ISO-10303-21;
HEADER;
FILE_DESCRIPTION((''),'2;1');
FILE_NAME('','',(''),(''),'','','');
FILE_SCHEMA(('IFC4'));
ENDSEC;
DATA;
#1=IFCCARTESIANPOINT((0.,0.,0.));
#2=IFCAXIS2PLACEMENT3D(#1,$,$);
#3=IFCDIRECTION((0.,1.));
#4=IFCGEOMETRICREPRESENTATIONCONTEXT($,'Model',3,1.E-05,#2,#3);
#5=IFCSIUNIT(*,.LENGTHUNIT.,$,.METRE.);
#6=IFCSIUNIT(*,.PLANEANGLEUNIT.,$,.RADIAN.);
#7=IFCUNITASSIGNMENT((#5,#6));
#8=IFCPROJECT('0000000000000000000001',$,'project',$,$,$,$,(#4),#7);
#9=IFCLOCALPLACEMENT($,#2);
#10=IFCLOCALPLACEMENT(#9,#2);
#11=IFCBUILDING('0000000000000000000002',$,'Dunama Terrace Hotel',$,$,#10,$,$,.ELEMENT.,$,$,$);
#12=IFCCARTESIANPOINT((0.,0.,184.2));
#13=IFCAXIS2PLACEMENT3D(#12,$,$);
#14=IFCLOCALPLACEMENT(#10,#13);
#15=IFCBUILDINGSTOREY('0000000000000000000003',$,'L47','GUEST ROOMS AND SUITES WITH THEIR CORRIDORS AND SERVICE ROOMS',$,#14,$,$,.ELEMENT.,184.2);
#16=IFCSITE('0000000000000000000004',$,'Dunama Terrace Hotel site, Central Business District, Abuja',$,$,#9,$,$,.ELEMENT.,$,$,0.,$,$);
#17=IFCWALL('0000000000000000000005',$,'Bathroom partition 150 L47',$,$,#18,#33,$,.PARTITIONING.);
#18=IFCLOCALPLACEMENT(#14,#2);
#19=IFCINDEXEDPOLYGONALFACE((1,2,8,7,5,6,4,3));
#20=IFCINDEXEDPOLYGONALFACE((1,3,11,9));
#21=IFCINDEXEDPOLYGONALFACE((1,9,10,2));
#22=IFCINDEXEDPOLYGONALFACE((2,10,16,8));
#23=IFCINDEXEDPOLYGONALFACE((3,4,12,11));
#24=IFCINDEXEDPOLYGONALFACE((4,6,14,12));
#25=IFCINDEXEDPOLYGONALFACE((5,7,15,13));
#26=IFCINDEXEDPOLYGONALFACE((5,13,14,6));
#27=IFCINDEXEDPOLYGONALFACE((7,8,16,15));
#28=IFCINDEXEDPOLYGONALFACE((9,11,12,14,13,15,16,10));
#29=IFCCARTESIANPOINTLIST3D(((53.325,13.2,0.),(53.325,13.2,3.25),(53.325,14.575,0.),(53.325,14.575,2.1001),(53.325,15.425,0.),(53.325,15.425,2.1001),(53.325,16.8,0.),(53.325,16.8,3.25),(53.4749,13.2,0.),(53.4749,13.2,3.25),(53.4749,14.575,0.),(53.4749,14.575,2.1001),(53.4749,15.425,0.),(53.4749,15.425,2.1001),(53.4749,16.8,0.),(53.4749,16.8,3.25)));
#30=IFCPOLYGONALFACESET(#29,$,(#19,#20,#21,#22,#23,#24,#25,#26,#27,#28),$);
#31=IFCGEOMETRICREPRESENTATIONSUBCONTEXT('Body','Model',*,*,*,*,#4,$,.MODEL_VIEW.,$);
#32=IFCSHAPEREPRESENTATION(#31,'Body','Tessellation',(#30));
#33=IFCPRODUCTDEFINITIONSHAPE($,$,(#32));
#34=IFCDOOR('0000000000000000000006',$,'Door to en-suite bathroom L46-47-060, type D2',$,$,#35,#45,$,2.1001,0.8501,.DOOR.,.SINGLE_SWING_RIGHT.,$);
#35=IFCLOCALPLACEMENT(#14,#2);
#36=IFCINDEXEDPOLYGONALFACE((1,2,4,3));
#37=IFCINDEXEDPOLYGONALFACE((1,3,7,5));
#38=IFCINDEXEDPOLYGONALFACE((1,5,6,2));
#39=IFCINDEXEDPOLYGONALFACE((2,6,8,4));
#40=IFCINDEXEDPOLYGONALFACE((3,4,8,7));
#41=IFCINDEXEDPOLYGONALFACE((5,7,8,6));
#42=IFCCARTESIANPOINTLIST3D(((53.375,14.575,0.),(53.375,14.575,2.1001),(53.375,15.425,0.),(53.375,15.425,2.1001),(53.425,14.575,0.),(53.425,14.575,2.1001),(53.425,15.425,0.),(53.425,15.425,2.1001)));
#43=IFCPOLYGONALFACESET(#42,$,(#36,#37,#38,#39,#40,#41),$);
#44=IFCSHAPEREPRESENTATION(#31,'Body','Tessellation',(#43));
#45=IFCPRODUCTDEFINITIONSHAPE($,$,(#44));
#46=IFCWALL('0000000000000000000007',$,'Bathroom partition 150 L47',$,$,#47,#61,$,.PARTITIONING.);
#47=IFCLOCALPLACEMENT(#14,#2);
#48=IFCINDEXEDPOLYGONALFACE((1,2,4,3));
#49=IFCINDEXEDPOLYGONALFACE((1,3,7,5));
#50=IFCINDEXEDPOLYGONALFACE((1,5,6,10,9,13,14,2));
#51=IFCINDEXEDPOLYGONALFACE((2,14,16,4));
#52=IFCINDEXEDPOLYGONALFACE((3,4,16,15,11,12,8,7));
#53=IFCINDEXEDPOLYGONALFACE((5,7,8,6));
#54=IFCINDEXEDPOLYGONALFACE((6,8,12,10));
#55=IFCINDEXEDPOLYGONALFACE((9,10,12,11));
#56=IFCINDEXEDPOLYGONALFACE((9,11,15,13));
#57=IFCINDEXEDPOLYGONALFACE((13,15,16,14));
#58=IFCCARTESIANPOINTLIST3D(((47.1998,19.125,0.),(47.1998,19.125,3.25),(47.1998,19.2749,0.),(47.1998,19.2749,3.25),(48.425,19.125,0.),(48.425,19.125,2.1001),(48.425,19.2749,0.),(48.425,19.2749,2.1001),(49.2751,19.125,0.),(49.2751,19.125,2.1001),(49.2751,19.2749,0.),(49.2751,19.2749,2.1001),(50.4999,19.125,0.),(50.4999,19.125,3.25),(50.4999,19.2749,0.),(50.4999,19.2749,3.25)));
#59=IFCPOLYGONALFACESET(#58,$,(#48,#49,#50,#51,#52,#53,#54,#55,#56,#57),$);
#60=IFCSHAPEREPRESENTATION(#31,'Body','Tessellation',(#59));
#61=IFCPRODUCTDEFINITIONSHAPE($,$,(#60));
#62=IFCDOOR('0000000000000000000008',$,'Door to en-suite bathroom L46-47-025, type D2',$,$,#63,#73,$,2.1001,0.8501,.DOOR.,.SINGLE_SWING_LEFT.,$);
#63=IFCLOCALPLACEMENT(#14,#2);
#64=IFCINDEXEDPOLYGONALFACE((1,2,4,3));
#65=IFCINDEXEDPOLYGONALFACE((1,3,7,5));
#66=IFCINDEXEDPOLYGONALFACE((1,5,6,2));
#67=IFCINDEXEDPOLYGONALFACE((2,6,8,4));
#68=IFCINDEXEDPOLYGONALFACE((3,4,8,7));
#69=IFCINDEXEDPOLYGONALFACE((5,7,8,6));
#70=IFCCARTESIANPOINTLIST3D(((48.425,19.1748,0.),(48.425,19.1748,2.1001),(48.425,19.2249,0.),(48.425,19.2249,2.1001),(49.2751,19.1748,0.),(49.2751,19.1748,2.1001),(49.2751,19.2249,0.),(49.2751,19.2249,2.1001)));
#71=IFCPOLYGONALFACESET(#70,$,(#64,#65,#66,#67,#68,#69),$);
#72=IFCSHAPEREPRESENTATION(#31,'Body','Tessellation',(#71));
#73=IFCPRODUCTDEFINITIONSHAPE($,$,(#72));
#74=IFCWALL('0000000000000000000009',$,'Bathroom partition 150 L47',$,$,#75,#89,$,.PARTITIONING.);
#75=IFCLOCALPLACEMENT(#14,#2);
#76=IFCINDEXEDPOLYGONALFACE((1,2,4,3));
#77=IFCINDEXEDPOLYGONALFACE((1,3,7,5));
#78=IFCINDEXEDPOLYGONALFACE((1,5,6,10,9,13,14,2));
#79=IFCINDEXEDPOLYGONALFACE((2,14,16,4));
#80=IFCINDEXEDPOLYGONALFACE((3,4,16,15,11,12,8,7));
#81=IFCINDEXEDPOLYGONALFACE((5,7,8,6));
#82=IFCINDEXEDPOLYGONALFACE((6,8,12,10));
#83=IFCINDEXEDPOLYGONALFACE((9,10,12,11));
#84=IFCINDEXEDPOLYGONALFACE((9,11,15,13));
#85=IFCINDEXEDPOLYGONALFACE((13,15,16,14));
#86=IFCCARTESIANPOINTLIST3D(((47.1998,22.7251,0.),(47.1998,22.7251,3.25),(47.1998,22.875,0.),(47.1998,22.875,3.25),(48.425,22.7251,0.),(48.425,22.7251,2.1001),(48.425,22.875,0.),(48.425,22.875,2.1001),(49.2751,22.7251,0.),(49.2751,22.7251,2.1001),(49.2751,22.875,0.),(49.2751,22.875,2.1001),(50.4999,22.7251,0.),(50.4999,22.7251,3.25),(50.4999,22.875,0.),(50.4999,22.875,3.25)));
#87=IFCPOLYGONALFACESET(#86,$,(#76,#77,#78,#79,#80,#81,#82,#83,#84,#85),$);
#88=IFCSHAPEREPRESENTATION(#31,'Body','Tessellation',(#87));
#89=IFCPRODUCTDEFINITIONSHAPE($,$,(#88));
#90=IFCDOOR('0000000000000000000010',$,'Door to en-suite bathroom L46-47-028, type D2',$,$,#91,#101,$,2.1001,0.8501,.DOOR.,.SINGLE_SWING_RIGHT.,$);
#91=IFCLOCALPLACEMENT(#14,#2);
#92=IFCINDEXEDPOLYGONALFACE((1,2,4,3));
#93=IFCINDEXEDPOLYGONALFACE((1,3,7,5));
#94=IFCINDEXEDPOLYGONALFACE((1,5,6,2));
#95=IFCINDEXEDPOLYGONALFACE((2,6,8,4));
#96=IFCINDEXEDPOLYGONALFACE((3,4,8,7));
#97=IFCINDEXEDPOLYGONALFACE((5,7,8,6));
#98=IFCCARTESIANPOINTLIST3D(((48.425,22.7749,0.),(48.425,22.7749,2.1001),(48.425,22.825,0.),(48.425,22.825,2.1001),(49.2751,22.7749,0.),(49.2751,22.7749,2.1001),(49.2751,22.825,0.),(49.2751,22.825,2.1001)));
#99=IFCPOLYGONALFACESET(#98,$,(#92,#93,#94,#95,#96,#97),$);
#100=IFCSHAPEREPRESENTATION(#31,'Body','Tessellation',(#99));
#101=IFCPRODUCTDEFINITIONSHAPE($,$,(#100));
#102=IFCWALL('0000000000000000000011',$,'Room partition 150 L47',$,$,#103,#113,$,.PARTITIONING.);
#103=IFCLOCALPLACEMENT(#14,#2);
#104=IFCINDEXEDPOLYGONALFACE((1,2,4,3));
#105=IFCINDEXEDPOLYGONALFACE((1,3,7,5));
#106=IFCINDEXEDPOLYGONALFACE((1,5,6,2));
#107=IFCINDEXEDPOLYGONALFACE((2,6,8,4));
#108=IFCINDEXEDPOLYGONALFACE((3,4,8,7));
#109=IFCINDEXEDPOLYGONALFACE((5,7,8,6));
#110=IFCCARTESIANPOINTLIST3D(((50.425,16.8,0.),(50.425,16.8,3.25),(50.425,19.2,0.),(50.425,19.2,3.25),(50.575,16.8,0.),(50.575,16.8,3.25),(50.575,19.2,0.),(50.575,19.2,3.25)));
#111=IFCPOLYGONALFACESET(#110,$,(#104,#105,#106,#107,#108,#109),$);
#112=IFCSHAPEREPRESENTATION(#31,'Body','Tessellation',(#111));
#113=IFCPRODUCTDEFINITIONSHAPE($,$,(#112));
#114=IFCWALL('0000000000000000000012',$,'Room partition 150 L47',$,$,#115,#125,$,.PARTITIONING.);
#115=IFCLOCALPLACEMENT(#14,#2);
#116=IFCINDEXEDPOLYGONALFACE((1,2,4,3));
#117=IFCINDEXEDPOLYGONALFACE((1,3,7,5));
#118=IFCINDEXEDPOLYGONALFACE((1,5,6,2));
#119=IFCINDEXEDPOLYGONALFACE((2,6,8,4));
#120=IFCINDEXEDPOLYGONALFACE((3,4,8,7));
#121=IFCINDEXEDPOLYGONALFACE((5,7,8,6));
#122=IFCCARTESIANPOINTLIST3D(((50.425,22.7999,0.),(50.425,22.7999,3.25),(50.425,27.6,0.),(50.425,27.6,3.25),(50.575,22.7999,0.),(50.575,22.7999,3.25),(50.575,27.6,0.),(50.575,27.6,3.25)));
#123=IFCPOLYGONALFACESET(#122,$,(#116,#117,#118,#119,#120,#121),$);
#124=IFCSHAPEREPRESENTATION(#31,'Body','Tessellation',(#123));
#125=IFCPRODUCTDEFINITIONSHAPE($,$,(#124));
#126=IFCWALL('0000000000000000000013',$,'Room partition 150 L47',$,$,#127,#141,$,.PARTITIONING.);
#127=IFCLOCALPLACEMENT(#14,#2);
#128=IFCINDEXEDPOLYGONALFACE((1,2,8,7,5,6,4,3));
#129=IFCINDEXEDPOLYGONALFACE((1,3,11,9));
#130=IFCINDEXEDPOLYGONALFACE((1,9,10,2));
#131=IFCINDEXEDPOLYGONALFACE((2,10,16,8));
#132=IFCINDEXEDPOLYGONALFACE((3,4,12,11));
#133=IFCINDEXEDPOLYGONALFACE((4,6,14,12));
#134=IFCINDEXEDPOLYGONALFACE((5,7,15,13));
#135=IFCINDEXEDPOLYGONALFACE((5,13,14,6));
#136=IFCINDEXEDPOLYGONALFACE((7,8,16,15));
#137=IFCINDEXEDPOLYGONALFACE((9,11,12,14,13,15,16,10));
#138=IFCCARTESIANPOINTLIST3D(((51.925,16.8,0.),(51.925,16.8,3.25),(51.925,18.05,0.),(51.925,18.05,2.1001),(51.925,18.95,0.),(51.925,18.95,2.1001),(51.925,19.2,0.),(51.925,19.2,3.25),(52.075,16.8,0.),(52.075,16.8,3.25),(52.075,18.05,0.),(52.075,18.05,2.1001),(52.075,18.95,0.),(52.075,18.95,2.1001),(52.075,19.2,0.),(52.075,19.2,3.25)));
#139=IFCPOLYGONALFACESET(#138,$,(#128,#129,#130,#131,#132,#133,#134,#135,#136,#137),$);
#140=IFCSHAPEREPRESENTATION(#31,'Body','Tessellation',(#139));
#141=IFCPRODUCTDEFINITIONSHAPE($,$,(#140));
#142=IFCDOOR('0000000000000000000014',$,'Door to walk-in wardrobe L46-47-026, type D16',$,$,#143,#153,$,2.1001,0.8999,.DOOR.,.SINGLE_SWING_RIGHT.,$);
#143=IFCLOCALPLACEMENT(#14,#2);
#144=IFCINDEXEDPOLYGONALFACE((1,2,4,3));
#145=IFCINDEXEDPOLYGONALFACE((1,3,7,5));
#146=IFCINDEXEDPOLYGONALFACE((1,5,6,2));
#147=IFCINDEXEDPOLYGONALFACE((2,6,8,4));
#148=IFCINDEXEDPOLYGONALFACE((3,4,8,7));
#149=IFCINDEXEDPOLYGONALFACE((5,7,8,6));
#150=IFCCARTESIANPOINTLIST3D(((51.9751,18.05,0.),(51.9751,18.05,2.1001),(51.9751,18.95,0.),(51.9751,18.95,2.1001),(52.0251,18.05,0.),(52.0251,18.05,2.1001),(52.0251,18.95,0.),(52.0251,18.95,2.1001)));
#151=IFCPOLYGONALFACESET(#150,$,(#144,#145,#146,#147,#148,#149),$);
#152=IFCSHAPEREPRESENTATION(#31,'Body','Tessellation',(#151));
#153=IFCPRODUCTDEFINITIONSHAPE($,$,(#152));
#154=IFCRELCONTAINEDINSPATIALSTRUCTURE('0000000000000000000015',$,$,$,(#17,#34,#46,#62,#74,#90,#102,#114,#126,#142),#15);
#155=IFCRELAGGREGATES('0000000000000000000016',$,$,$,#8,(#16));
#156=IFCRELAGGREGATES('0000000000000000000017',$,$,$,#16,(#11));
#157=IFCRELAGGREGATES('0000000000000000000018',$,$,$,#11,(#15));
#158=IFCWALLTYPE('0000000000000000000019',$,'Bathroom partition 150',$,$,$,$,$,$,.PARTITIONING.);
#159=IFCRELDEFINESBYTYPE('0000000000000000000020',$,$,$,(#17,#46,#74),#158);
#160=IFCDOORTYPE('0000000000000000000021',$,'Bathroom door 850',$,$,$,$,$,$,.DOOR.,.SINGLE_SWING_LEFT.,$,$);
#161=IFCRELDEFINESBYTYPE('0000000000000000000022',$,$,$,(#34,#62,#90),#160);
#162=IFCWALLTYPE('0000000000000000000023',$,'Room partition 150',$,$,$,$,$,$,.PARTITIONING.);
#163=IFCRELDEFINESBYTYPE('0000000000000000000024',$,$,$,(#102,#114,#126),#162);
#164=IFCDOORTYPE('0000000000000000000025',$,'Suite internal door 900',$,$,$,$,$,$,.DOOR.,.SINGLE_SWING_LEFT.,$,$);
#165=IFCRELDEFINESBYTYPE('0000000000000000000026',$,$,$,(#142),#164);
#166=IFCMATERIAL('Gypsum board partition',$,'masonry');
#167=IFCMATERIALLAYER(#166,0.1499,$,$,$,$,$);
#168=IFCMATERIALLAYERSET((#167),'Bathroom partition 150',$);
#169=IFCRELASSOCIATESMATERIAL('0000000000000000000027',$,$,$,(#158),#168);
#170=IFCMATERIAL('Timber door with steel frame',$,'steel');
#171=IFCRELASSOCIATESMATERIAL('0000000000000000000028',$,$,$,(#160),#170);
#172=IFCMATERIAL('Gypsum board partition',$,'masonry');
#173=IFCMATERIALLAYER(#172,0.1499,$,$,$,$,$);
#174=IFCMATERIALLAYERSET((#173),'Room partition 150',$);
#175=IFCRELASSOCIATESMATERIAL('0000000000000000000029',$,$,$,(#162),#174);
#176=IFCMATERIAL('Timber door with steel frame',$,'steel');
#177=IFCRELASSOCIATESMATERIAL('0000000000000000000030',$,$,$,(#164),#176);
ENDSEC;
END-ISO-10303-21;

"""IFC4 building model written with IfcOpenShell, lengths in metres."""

from ifc_helpers import new_model, si_unit, direction, frame, frame_2d, origin, place, context, subcontext, project, spatial, rectangle, extrude, material, layer, layer_set, type_object, element, fill, save


model = new_model("IFC4")

# Units and contexts
model_context = context("Model", 3, precision=1e-05, world=origin(), true_north=direction((0.0, 1.0)))
body_context = subcontext(model_context, "Body", "Model", "MODEL_VIEW")
ifc_project = project(units=[si_unit("LENGTHUNIT", "METRE"), si_unit("PLANEANGLEUNIT", "RADIAN")], contexts=[model_context])

# Site, building, storey
site_placement = place(None, origin())
site = spatial("IfcSite", under=ifc_project, at=site_placement, Name="Dunama Terrace Hotel site, Central Business District, Abuja", CompositionType="ELEMENT", RefElevation=0.0)
building_placement = place(site_placement, origin())
building = spatial("IfcBuilding", under=site, at=building_placement, Name="Dunama Terrace Hotel", CompositionType="ELEMENT")
storey_placement = place(building_placement, frame((0.0, 0.0, 184.2)))
storey = spatial("IfcBuildingStorey", under=building, at=storey_placement, Name="L47", Description="GUEST ROOMS AND SUITES WITH THEIR CORRIDORS AND SERVICE ROOMS", CompositionType="ELEMENT", Elevation=184.2)

# Shared definitions
ifc_material_1 = material(Name="Gypsum board partition", Category="masonry")
ifc_layer_1 = layer(ifc_material_1, 0.1499)
ifc_layer_set_1 = layer_set([ifc_layer_1], Name="Bathroom partition 150")
wall_type_1 = type_object("IfcWallType", Name="Bathroom partition 150", PredefinedType="PARTITIONING", material=ifc_layer_set_1)

# Walls, openings, doors
wall_1_placement = place(storey_placement, frame((53.3999, 13.2, 0.0), z_axis=(0.0, 0.0, 1.0), x_axis=(0.0, 1.0, 0.0)))
wall_1 = element("IfcWall", 1, at=wall_1_placement, inside=storey, type_object=wall_type_1, Name="Bathroom partition 150 L47", PredefinedType="PARTITIONING", context=body_context, shape_type="SweptSolid", body=[
    extrude(rectangle(XDim=3.6001, YDim=0.1499, at=frame_2d((1.8, 0.0))), origin(), (0.0, 0.0, 1.0), 3.25),
])
opening_1_placement = place(wall_1_placement, frame((1.375, 0.0, 0.0)))
opening_1 = element("IfcOpeningElement", 2, at=opening_1_placement, cuts=wall_1, PredefinedType="OPENING", context=body_context, shape_type="SweptSolid", body=[
    extrude(rectangle(XDim=0.8501, YDim=2.1001, at=frame_2d((0.425, 1.05))), frame((0.0, 0.085, 0.0), z_axis=(0.0, -1.0, 0.0), x_axis=(1.0, 0.0, 0.0)), (0.0, 0.0, 1.0), 0.1699),
])
ifc_material_2 = material(Name="Timber door with steel frame", Category="steel")
door_type_1 = type_object("IfcDoorType", Name="Bathroom door 850", OperationType="SINGLE_SWING_LEFT", PredefinedType="DOOR", material=ifc_material_2)
door_1_placement = place(opening_1_placement, origin())
door_1 = element("IfcDoor", 3, at=door_1_placement, inside=storey, type_object=door_type_1, Name="Door to en-suite bathroom L46-47-060, type D2", OperationType="SINGLE_SWING_RIGHT", OverallHeight=2.1001, OverallWidth=0.8501, PredefinedType="DOOR", context=body_context, shape_type="SweptSolid", body=[
    extrude(rectangle(XDim=0.8501, YDim=2.1001, at=frame_2d((0.425, 1.05))), frame((0.0, 0.0249, 0.0), z_axis=(0.0, -1.0, 0.0), x_axis=(1.0, 0.0, 0.0)), (0.0, 0.0, 1.0), 0.05),
])
fill(opening_1, door_1)
wall_2_placement = place(storey_placement, frame((47.2, 19.2, 0.0), z_axis=(0.0, 0.0, 1.0), x_axis=(1.0, 0.0, 0.0)))
wall_2 = element("IfcWall", 4, at=wall_2_placement, inside=storey, type_object=wall_type_1, Name="Bathroom partition 150 L47", PredefinedType="PARTITIONING", context=body_context, shape_type="SweptSolid", body=[
    extrude(rectangle(XDim=3.3, YDim=0.1499, at=frame_2d((1.6499, 0.0))), origin(), (0.0, 0.0, 1.0), 3.25),
])
opening_2_placement = place(wall_2_placement, frame((1.2251, 0.0, 0.0)))
opening_2 = element("IfcOpeningElement", 5, at=opening_2_placement, cuts=wall_2, PredefinedType="OPENING", context=body_context, shape_type="SweptSolid", body=[
    extrude(rectangle(XDim=0.8501, YDim=2.1001, at=frame_2d((0.425, 1.05))), frame((0.0, 0.085, 0.0), z_axis=(0.0, -1.0, 0.0), x_axis=(1.0, 0.0, 0.0)), (0.0, 0.0, 1.0), 0.1699),
])
door_2_placement = place(opening_2_placement, frame((0.8501, 0.0, 0.0), z_axis=(0.0, 0.0, 1.0), x_axis=(-1.0, 0.0, 0.0)))
door_2 = element("IfcDoor", 6, at=door_2_placement, inside=storey, type_object=door_type_1, Name="Door to en-suite bathroom L46-47-025, type D2", OperationType="SINGLE_SWING_LEFT", OverallHeight=2.1001, OverallWidth=0.8501, PredefinedType="DOOR", context=body_context, shape_type="SweptSolid", body=[
    extrude(rectangle(XDim=0.8501, YDim=2.1001, at=frame_2d((0.425, 1.05))), frame((0.0, 0.0251, 0.0), z_axis=(0.0, -1.0, 0.0), x_axis=(1.0, 0.0, 0.0)), (0.0, 0.0, 1.0), 0.05),
])
fill(opening_2, door_2)
wall_3_placement = place(storey_placement, frame((47.2, 22.8, 0.0), z_axis=(0.0, 0.0, 1.0), x_axis=(1.0, 0.0, 0.0)))
wall_3 = element("IfcWall", 7, at=wall_3_placement, inside=storey, type_object=wall_type_1, Name="Bathroom partition 150 L47", PredefinedType="PARTITIONING", context=body_context, shape_type="SweptSolid", body=[
    extrude(rectangle(XDim=3.3, YDim=0.1499, at=frame_2d((1.6499, 0.0))), origin(), (0.0, 0.0, 1.0), 3.25),
])
opening_3_placement = place(wall_3_placement, frame((1.2251, 0.0, 0.0)))
opening_3 = element("IfcOpeningElement", 8, at=opening_3_placement, cuts=wall_3, PredefinedType="OPENING", context=body_context, shape_type="SweptSolid", body=[
    extrude(rectangle(XDim=0.8501, YDim=2.1001, at=frame_2d((0.425, 1.05))), frame((0.0, 0.085, 0.0), z_axis=(0.0, -1.0, 0.0), x_axis=(1.0, 0.0, 0.0)), (0.0, 0.0, 1.0), 0.1699),
])
door_3_placement = place(opening_3_placement, origin())
door_3 = element("IfcDoor", 9, at=door_3_placement, inside=storey, type_object=door_type_1, Name="Door to en-suite bathroom L46-47-028, type D2", OperationType="SINGLE_SWING_RIGHT", OverallHeight=2.1001, OverallWidth=0.8501, PredefinedType="DOOR", context=body_context, shape_type="SweptSolid", body=[
    extrude(rectangle(XDim=0.8501, YDim=2.1001, at=frame_2d((0.425, 1.05))), frame((0.0, 0.0249, 0.0), z_axis=(0.0, -1.0, 0.0), x_axis=(1.0, 0.0, 0.0)), (0.0, 0.0, 1.0), 0.05),
])
fill(opening_3, door_3)

# Walls
ifc_material_3 = material(Name="Gypsum board partition", Category="masonry")
ifc_layer_2 = layer(ifc_material_3, 0.1499)
ifc_layer_set_2 = layer_set([ifc_layer_2], Name="Room partition 150")
wall_type_2 = type_object("IfcWallType", Name="Room partition 150", PredefinedType="PARTITIONING", material=ifc_layer_set_2)
wall_4_placement = place(storey_placement, frame((50.5, 16.8, 0.0), z_axis=(0.0, 0.0, 1.0), x_axis=(0.0, 1.0, 0.0)))
element("IfcWall", 10, at=wall_4_placement, inside=storey, type_object=wall_type_2, Name="Room partition 150 L47", PredefinedType="PARTITIONING", context=body_context, shape_type="SweptSolid", body=[
    extrude(rectangle(XDim=2.3999, YDim=0.1499, at=frame_2d((1.2, 0.0))), origin(), (0.0, 0.0, 1.0), 3.25),
])
wall_5_placement = place(storey_placement, frame((50.5, 22.8, 0.0), z_axis=(0.0, 0.0, 1.0), x_axis=(0.0, 1.0, 0.0)))
element("IfcWall", 11, at=wall_5_placement, inside=storey, type_object=wall_type_2, Name="Room partition 150 L47", PredefinedType="PARTITIONING", context=body_context, shape_type="SweptSolid", body=[
    extrude(rectangle(XDim=4.8, YDim=0.1499, at=frame_2d((2.3999, 0.0))), origin(), (0.0, 0.0, 1.0), 3.25),
])

# Wall, opening, door
wall_6_placement = place(storey_placement, frame((52.0, 16.8, 0.0), z_axis=(0.0, 0.0, 1.0), x_axis=(0.0, 1.0, 0.0)))
wall_6 = element("IfcWall", 12, at=wall_6_placement, inside=storey, type_object=wall_type_2, Name="Room partition 150 L47", PredefinedType="PARTITIONING", context=body_context, shape_type="SweptSolid", body=[
    extrude(rectangle(XDim=2.3999, YDim=0.1499, at=frame_2d((1.2, 0.0))), origin(), (0.0, 0.0, 1.0), 3.25),
])
opening_4_placement = place(wall_6_placement, frame((1.25, 0.0, 0.0)))
opening_4 = element("IfcOpeningElement", 13, at=opening_4_placement, cuts=wall_6, PredefinedType="OPENING", context=body_context, shape_type="SweptSolid", body=[
    extrude(rectangle(XDim=0.8999, YDim=2.1001, at=frame_2d((0.45, 1.05))), frame((0.0, 0.085, 0.0), z_axis=(0.0, -1.0, 0.0), x_axis=(1.0, 0.0, 0.0)), (0.0, 0.0, 1.0), 0.1699),
])
ifc_material_4 = material(Name="Timber door with steel frame", Category="steel")
door_type_2 = type_object("IfcDoorType", Name="Suite internal door 900", OperationType="SINGLE_SWING_LEFT", PredefinedType="DOOR", material=ifc_material_4)
door_4_placement = place(opening_4_placement, origin())
door_4 = element("IfcDoor", 14, at=door_4_placement, inside=storey, type_object=door_type_2, Name="Door to walk-in wardrobe L46-47-026, type D16", OperationType="SINGLE_SWING_RIGHT", OverallHeight=2.1001, OverallWidth=0.8999, PredefinedType="DOOR", context=body_context, shape_type="SweptSolid", body=[
    extrude(rectangle(XDim=0.8999, YDim=2.1001, at=frame_2d((0.45, 1.05))), frame((0.0, 0.0249, 0.0), z_axis=(0.0, -1.0, 0.0), x_axis=(1.0, 0.0, 0.0)), (0.0, 0.0, 1.0), 0.05),
])
fill(opening_4, door_4)

save(model, "model.ifc")
